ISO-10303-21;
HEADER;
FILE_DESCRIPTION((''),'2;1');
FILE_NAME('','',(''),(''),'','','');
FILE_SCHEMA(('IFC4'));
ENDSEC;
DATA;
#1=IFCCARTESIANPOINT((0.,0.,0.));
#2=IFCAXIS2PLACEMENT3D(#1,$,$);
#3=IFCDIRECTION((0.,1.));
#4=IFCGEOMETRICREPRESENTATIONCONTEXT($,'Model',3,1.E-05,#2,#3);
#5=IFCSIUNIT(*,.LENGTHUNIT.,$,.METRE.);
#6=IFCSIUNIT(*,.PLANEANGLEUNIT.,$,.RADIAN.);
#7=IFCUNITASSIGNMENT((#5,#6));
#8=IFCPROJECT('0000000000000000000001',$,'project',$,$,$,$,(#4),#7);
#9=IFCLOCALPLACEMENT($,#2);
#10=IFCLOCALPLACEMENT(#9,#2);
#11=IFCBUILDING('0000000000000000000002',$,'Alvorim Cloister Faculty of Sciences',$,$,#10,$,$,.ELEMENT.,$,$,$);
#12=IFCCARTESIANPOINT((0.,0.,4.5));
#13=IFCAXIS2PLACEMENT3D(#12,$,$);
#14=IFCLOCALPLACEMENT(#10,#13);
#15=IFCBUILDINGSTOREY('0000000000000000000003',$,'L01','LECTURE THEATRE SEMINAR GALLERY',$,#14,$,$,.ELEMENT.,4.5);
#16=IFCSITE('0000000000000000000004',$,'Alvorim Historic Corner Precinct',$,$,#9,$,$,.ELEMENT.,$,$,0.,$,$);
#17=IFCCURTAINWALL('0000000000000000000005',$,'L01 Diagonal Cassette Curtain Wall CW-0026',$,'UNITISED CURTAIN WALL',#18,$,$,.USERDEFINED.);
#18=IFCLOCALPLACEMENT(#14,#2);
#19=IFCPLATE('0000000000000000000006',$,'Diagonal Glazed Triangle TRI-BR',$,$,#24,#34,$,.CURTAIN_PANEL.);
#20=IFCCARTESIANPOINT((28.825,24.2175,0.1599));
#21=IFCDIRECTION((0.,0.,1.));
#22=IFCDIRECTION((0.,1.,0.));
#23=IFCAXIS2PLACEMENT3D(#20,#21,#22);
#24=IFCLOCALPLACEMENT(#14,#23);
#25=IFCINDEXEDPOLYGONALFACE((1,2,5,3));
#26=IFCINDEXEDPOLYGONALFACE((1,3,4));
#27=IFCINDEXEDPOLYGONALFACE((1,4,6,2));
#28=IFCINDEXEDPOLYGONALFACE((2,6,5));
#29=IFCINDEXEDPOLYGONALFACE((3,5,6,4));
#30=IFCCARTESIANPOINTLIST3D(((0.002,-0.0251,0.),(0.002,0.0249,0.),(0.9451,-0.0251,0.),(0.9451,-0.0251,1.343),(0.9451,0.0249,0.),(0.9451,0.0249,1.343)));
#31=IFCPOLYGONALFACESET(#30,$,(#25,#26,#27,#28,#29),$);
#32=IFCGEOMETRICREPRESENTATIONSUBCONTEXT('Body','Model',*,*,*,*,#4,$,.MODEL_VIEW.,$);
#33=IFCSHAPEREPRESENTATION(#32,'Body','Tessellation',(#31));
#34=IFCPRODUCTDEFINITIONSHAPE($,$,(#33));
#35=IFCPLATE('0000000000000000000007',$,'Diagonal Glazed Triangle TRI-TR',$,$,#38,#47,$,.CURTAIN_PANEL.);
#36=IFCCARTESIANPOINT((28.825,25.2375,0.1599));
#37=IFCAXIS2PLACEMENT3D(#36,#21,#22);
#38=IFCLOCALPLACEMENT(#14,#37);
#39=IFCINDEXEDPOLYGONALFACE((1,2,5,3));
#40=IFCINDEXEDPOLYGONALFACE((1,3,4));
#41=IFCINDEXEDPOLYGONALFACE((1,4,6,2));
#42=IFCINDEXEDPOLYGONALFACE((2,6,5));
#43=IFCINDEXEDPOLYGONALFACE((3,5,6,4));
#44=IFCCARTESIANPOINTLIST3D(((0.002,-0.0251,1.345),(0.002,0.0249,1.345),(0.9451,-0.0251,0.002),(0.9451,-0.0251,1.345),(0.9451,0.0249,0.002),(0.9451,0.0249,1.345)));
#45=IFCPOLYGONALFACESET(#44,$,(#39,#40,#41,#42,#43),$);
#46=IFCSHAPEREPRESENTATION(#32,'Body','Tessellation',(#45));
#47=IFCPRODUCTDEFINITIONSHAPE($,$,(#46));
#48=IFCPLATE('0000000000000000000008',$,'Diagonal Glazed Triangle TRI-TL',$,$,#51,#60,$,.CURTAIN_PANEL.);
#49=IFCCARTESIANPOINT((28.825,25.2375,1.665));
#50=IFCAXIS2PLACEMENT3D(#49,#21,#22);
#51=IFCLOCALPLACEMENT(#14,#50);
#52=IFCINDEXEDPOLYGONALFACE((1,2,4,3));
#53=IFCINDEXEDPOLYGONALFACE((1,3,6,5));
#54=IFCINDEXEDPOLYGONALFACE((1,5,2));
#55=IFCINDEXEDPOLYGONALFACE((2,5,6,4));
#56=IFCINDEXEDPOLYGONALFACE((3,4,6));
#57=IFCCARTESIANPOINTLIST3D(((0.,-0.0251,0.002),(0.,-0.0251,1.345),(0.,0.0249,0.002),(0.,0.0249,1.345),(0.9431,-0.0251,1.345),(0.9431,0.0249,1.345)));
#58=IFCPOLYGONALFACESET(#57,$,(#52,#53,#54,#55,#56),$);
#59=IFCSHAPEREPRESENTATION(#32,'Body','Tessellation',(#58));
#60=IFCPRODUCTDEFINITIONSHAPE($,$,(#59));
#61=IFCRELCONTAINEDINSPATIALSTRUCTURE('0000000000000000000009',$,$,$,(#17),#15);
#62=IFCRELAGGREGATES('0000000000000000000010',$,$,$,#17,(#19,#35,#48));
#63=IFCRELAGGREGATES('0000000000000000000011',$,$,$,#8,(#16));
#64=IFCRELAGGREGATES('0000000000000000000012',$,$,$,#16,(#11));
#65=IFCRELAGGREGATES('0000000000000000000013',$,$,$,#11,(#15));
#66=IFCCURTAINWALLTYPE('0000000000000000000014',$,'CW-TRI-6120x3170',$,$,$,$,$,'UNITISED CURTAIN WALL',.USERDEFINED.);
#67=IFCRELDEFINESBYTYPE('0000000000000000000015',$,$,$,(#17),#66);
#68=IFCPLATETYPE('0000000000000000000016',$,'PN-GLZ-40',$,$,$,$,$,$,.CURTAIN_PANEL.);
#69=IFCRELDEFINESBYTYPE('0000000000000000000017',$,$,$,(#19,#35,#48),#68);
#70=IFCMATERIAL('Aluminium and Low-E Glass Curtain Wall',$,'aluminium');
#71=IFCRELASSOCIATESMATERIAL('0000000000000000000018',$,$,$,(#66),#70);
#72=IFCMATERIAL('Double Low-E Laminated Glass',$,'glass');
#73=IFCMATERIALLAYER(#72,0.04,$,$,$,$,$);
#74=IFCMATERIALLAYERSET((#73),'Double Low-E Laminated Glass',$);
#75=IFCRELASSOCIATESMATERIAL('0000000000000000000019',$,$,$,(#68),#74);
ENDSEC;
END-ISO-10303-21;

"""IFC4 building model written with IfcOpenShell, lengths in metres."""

from ifc_helpers import new_model, si_unit, direction, frame, origin, place, context, subcontext, project, spatial, polyline, outline, extrude, material, layer, layer_set, type_object, element, aggregate, save


model = new_model("IFC4")

# Units and contexts
model_context = context("Model", 3, precision=1e-05, world=origin(), true_north=direction((0.0, 1.0)))
body_context = subcontext(model_context, "Body", "Model", "MODEL_VIEW")
ifc_project = project(units=[si_unit("LENGTHUNIT", "METRE"), si_unit("PLANEANGLEUNIT", "RADIAN")], contexts=[model_context])

# Site, building, storey
site_placement = place(None, origin())
site = spatial("IfcSite", under=ifc_project, at=site_placement, Name="Alvorim Historic Corner Precinct", CompositionType="ELEMENT", RefElevation=0.0)
building_placement = place(site_placement, origin())
building = spatial("IfcBuilding", under=site, at=building_placement, Name="Alvorim Cloister Faculty of Sciences", CompositionType="ELEMENT")
storey_placement = place(building_placement, frame((0.0, 0.0, 4.5)))
storey = spatial("IfcBuildingStorey", under=building, at=storey_placement, Name="L01", Description="LECTURE THEATRE SEMINAR GALLERY", CompositionType="ELEMENT", Elevation=4.5)

# Shared definitions
ifc_material_1 = material(Name="Aluminium and Low-E Glass Curtain Wall", Category="aluminium")
curtain_wall_type = type_object("IfcCurtainWallType", Name="CW-TRI-6120x3170", ElementType="UNITISED CURTAIN WALL", PredefinedType="USERDEFINED", material=ifc_material_1)

# Curtain wall, plates
curtain_wall_1_placement = place(storey_placement, origin())
curtain_wall_1 = element("IfcCurtainWall", 1, at=curtain_wall_1_placement, inside=storey, type_object=curtain_wall_type, Name="L01 Diagonal Cassette Curtain Wall CW-0026", ObjectType="UNITISED CURTAIN WALL", PredefinedType="USERDEFINED")
ifc_material_2 = material(Name="Double Low-E Laminated Glass", Category="glass")
ifc_layer = layer(ifc_material_2, 0.04)
ifc_layer_set = layer_set([ifc_layer], Name="Double Low-E Laminated Glass")
plate_type = type_object("IfcPlateType", Name="PN-GLZ-40", PredefinedType="CURTAIN_PANEL", material=ifc_layer_set)
plate_1_placement = place(storey_placement, frame((28.825, 24.2175, 0.1599), z_axis=(0.0, 0.0, 1.0), x_axis=(0.0, 1.0, 0.0)))
plate_1 = element("IfcPlate", 2, at=plate_1_placement, type_object=plate_type, Name="Diagonal Glazed Triangle TRI-BR", PredefinedType="CURTAIN_PANEL", context=body_context, shape_type="SweptSolid", body=[
    extrude(outline(polyline([(0.002, 0.0), (0.9451, 0.0), (0.9451, 1.343), (0.002, 0.0)])), frame((0.0, 0.0249, 0.0), z_axis=(0.0, -1.0, 0.0), x_axis=(1.0, 0.0, 0.0)), (0.0, 0.0, 1.0), 0.05),
])
plate_2_placement = place(storey_placement, frame((28.825, 25.2375, 0.1599), z_axis=(0.0, 0.0, 1.0), x_axis=(0.0, 1.0, 0.0)))
plate_2 = element("IfcPlate", 3, at=plate_2_placement, type_object=plate_type, Name="Diagonal Glazed Triangle TRI-TR", PredefinedType="CURTAIN_PANEL", context=body_context, shape_type="SweptSolid", body=[
    extrude(outline(polyline([(0.9451, 0.002), (0.9451, 1.345), (0.002, 1.345), (0.9451, 0.002)])), frame((0.0, 0.0249, 0.0), z_axis=(0.0, -1.0, 0.0), x_axis=(1.0, 0.0, 0.0)), (0.0, 0.0, 1.0), 0.05),
])
plate_3_placement = place(storey_placement, frame((28.825, 25.2375, 1.665), z_axis=(0.0, 0.0, 1.0), x_axis=(0.0, 1.0, 0.0)))
plate_3 = element("IfcPlate", 4, at=plate_3_placement, type_object=plate_type, Name="Diagonal Glazed Triangle TRI-TL", PredefinedType="CURTAIN_PANEL", context=body_context, shape_type="SweptSolid", body=[
    extrude(outline(polyline([(0.9431, 1.345), (0.0, 1.345), (0.0, 0.002), (0.9431, 1.345)])), frame((0.0, 0.0249, 0.0), z_axis=(0.0, -1.0, 0.0), x_axis=(1.0, 0.0, 0.0)), (0.0, 0.0, 1.0), 0.05),
])
aggregate(curtain_wall_1, [plate_1, plate_2, plate_3])

save(model, "model.ifc")
